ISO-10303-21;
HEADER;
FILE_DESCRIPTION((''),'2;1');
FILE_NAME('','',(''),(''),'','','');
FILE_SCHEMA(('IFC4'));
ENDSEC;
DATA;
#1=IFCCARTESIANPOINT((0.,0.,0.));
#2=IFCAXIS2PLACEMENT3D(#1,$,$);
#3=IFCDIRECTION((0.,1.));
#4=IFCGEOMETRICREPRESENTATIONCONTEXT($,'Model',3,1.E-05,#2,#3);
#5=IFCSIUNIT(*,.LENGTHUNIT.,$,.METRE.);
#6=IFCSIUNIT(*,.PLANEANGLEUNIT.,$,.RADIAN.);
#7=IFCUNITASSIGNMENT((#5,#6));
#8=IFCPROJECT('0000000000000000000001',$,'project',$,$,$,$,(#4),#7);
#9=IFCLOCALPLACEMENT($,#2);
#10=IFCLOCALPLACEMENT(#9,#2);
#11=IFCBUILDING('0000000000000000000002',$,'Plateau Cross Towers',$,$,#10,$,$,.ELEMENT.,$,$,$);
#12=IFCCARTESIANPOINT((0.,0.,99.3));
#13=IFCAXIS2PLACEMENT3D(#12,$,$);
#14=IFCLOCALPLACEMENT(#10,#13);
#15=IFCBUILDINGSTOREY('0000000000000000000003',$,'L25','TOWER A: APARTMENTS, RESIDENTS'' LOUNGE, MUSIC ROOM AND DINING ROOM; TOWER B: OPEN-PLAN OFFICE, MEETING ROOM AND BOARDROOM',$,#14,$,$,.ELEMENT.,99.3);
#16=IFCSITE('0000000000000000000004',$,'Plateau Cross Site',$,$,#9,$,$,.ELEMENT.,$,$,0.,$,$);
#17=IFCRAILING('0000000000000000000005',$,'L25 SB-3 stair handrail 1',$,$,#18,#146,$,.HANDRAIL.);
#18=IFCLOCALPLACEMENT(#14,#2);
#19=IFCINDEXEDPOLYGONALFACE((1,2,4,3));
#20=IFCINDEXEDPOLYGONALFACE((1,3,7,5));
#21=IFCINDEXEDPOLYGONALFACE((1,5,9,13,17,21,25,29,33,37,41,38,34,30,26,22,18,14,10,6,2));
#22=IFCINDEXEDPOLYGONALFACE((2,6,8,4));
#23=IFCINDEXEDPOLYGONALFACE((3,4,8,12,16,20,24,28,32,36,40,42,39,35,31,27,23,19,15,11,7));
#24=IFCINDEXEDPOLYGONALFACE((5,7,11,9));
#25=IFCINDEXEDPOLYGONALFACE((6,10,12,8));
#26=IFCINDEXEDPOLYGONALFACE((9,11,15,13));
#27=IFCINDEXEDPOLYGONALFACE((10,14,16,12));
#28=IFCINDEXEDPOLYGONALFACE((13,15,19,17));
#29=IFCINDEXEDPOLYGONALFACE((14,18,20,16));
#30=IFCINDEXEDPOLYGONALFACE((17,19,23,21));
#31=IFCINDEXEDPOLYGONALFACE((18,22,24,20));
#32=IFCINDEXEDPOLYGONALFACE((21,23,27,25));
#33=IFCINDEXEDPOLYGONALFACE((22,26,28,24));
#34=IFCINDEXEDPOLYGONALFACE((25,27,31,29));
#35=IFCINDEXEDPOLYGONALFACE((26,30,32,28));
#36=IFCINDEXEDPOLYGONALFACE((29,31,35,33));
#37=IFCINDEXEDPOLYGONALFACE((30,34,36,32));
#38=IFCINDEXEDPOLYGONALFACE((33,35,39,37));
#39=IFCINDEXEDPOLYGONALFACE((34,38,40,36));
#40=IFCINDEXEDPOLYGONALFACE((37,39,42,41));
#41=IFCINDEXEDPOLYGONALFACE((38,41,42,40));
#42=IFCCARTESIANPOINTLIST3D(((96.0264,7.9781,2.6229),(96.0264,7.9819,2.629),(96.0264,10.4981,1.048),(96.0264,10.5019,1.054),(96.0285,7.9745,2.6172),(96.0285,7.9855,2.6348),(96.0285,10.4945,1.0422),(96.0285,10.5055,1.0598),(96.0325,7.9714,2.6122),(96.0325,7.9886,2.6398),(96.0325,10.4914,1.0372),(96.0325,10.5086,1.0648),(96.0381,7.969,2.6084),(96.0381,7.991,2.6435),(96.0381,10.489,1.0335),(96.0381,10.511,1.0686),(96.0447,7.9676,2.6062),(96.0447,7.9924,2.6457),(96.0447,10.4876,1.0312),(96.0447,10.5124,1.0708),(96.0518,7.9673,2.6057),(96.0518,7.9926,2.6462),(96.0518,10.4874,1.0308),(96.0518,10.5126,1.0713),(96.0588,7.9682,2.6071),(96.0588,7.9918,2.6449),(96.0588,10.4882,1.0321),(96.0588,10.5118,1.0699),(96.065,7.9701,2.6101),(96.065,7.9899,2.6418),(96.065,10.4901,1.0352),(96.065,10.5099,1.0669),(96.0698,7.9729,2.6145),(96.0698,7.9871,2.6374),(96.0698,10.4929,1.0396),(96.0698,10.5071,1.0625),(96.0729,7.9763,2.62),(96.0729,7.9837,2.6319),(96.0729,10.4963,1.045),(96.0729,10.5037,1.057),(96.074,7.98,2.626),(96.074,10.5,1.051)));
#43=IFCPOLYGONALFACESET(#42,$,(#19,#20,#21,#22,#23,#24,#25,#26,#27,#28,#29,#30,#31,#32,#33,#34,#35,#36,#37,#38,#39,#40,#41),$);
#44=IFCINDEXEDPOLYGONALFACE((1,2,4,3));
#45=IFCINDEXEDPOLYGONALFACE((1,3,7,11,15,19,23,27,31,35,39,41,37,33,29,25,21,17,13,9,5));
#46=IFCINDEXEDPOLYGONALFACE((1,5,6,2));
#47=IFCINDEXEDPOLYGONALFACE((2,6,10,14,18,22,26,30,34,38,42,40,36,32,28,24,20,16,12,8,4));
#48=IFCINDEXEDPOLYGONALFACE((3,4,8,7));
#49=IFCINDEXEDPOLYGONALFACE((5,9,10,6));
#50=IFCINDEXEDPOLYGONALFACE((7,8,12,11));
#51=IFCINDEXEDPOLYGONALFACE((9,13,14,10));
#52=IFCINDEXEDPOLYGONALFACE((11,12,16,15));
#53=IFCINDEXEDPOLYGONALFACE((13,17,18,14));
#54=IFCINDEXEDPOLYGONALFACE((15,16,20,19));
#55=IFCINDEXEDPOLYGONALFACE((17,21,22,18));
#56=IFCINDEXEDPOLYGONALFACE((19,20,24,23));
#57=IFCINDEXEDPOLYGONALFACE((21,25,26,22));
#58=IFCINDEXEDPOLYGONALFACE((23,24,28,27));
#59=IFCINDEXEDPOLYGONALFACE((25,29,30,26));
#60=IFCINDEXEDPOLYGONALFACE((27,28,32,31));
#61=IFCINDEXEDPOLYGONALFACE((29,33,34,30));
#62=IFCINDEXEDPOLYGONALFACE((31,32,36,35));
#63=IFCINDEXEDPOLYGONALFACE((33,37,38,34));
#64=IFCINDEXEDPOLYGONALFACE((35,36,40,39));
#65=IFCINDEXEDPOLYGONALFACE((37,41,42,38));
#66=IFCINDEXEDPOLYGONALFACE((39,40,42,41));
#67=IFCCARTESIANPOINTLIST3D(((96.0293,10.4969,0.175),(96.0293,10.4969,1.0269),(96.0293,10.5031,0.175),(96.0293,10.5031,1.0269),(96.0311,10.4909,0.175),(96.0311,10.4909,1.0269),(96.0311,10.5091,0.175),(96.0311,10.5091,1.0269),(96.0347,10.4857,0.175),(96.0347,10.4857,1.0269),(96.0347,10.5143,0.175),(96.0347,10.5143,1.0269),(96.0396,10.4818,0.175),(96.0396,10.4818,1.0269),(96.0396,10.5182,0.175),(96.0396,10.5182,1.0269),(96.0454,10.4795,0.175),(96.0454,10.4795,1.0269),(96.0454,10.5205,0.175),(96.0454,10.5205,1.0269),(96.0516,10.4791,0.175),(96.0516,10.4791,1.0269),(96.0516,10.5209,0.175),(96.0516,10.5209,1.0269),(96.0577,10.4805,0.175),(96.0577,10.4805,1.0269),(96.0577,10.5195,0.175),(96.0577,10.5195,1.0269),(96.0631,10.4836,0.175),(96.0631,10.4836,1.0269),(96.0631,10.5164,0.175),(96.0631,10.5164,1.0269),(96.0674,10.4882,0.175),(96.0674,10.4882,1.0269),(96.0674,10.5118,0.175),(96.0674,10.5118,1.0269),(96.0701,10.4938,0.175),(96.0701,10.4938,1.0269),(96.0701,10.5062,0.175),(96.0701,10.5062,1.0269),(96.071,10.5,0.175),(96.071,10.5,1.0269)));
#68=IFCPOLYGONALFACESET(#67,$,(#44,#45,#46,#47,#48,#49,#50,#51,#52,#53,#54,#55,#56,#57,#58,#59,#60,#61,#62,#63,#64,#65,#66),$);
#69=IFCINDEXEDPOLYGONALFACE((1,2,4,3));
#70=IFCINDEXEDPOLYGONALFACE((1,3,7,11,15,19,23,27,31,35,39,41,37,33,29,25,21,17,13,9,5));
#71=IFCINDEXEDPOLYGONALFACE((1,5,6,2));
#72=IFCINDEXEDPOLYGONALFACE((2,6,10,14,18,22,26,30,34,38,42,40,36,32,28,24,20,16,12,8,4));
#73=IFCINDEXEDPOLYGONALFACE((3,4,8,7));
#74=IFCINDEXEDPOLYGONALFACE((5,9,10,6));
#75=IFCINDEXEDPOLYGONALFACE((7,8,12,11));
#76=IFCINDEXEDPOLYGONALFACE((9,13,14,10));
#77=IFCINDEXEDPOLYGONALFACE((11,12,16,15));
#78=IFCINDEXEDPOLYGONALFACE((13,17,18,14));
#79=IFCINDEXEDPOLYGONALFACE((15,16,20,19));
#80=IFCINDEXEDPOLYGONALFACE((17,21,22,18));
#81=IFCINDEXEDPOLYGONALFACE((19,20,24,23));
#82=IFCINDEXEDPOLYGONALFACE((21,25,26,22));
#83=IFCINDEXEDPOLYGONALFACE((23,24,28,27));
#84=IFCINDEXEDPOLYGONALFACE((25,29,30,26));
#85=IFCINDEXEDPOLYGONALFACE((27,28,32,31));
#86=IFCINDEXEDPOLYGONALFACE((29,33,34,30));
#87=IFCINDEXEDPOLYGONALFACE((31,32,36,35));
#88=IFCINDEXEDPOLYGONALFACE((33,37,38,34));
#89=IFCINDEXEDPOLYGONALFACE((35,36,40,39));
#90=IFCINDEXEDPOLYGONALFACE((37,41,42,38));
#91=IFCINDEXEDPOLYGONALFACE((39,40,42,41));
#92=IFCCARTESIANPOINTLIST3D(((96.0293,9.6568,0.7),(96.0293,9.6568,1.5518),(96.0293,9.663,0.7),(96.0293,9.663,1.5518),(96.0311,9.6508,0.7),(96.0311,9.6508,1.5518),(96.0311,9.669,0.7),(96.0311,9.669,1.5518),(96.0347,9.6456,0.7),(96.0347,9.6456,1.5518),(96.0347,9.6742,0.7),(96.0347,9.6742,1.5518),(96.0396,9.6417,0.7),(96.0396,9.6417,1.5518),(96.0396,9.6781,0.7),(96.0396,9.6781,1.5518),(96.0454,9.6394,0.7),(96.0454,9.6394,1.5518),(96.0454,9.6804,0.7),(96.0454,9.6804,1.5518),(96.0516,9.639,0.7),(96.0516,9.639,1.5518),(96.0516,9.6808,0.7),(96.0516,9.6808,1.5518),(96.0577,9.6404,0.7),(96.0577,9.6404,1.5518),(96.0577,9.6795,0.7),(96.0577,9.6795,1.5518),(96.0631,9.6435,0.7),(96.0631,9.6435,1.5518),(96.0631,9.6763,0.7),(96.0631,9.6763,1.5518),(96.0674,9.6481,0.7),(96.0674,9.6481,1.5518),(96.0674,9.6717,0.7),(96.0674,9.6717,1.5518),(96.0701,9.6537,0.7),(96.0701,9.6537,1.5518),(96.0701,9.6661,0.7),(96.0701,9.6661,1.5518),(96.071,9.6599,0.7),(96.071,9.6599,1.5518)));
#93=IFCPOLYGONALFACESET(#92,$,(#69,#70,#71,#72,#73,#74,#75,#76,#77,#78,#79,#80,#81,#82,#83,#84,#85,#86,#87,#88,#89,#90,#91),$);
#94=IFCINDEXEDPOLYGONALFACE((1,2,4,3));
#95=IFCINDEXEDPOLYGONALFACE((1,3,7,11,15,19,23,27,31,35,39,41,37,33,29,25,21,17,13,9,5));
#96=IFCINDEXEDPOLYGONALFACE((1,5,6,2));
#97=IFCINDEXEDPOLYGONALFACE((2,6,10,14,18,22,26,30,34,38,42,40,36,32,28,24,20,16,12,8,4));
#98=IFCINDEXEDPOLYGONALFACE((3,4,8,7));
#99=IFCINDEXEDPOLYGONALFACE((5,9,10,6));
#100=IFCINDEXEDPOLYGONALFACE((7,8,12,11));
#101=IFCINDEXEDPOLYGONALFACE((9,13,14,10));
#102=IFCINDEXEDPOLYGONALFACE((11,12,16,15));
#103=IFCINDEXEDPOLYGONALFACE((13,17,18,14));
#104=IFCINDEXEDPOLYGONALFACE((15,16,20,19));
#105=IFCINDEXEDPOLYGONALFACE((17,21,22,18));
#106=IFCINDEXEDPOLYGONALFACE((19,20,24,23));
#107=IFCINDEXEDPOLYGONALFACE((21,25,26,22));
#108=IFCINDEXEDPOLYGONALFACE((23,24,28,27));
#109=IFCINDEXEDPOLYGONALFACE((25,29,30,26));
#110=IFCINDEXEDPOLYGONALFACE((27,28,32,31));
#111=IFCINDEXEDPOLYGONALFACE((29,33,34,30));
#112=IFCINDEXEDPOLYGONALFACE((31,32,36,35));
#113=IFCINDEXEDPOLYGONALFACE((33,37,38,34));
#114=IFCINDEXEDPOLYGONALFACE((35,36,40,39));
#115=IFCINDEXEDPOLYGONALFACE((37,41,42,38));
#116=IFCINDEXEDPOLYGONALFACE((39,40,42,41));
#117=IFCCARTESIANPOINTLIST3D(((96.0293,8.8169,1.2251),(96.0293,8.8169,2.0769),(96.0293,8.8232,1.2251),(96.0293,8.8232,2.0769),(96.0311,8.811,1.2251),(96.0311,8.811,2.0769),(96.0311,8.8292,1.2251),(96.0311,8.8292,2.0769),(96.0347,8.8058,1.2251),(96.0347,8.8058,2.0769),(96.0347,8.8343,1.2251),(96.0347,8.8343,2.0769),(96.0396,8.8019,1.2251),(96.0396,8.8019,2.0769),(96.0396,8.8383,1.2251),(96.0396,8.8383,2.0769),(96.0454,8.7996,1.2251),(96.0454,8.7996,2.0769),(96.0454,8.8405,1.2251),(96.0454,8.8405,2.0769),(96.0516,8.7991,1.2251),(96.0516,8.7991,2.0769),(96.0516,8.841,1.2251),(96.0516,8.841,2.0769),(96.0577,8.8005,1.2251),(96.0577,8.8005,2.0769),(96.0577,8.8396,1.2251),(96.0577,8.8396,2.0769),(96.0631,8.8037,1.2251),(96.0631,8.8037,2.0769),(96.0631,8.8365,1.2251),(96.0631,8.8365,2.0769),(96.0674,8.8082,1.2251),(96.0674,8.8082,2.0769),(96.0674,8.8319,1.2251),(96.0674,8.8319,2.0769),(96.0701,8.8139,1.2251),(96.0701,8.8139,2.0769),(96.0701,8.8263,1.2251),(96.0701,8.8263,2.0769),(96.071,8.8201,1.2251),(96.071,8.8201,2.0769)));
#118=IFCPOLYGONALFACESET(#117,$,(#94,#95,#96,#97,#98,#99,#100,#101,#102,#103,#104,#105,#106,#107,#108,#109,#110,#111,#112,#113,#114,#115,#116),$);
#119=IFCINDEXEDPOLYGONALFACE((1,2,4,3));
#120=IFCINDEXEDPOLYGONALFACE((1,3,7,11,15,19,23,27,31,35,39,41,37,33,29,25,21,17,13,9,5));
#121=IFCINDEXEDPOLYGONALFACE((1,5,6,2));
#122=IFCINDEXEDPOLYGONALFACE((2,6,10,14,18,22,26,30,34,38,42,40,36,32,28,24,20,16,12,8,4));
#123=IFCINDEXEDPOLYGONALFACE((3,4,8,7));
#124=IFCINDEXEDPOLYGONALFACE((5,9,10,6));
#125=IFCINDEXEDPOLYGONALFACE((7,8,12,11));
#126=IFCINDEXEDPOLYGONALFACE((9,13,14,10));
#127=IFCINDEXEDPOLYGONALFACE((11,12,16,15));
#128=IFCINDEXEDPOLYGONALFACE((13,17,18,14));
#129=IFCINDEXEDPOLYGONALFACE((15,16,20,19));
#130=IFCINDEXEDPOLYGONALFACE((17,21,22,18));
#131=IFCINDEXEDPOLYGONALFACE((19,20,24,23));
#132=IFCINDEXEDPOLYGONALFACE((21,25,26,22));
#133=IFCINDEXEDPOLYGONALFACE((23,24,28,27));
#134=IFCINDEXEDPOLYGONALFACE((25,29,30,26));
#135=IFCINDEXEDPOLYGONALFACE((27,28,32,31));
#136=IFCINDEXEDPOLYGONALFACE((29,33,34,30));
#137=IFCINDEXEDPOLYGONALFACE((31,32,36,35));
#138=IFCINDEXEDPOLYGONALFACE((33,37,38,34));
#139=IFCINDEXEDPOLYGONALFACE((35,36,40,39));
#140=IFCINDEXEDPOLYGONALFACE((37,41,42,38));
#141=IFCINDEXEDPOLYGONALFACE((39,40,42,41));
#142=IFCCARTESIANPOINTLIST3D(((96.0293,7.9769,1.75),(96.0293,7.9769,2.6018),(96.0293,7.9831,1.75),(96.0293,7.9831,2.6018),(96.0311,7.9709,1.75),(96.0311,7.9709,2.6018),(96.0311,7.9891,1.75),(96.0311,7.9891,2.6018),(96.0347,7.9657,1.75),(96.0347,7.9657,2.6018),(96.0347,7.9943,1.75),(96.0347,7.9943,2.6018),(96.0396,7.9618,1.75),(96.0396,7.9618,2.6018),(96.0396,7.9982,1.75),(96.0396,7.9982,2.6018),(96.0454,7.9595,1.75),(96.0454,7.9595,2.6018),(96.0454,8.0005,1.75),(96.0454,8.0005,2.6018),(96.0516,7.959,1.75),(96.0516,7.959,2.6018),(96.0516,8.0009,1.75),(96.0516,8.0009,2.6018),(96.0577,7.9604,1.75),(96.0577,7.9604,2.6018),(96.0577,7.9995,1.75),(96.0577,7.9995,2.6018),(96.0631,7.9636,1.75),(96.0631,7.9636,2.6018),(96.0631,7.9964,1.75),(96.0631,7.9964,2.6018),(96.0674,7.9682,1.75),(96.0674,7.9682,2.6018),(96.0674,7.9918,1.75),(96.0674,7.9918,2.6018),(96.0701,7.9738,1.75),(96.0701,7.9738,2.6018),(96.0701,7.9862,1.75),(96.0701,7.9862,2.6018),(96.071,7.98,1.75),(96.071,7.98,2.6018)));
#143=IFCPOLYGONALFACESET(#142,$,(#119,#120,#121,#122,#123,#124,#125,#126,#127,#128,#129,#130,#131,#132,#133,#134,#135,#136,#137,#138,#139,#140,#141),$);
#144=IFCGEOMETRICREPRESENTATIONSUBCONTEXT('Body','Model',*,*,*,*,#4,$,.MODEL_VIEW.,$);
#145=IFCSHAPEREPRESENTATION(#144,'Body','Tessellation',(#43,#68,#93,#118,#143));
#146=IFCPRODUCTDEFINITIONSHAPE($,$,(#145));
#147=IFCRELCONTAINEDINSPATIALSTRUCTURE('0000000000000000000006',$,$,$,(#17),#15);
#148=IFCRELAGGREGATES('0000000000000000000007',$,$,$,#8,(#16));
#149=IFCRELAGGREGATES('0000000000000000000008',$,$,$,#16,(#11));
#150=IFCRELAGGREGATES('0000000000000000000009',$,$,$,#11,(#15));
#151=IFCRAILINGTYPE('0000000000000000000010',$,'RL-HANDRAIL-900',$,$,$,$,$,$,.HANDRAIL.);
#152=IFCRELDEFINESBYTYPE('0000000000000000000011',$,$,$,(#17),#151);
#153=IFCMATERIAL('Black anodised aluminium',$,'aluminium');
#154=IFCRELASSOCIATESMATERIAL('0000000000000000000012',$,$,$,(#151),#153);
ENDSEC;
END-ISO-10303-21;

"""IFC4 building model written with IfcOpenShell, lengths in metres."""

from ifc_helpers import new_model, si_unit, direction, frame, origin, origin_2d, place, context, subcontext, project, spatial, circle, extrude, material, type_object, element, save


model = new_model("IFC4")

# Units and contexts
model_context = context("Model", 3, precision=1e-05, world=origin(), true_north=direction((0.0, 1.0)))
body_context = subcontext(model_context, "Body", "Model", "MODEL_VIEW")
ifc_project = project(units=[si_unit("LENGTHUNIT", "METRE"), si_unit("PLANEANGLEUNIT", "RADIAN")], contexts=[model_context])

# Site, building, storey
site_placement = place(None, origin())
site = spatial("IfcSite", under=ifc_project, at=site_placement, Name="Plateau Cross Site", CompositionType="ELEMENT", RefElevation=0.0)
building_placement = place(site_placement, origin())
building = spatial("IfcBuilding", under=site, at=building_placement, Name="Plateau Cross Towers", CompositionType="ELEMENT")
storey_placement = place(building_placement, frame((0.0, 0.0, 99.3)))
storey = spatial("IfcBuildingStorey", under=building, at=storey_placement, Name="L25", Description="TOWER A: APARTMENTS, RESIDENTS' LOUNGE, MUSIC ROOM AND DINING ROOM; TOWER B: OPEN-PLAN OFFICE, MEETING ROOM AND BOARDROOM", CompositionType="ELEMENT", Elevation=99.3)

# Shared definitions
ifc_material_1 = material(Name="Black anodised aluminium", Category="aluminium")

# Railing
railing_type_1 = type_object("IfcRailingType", Name="RL-HANDRAIL-900", PredefinedType="HANDRAIL", material=ifc_material_1)
railing_1_placement = place(storey_placement, frame((96.05, 10.5, 0.175)))
element("IfcRailing", 1, at=railing_1_placement, inside=storey, type_object=railing_type_1, Name="L25 SB-3 stair handrail 1", PredefinedType="HANDRAIL", context=body_context, shape_type="SweptSolid", body=[
    extrude(circle(Radius=0.0239, at=origin_2d()), frame((0.0, 0.0, 0.876), z_axis=(0.0, -0.848008, 0.529984), x_axis=(1.0, 0.0, 0.0)), (0.0, 0.0, 1.0), 2.9717),
    extrude(circle(Radius=0.021, at=origin_2d()), origin(), (0.0, 0.0, 1.0), 0.8518),
    extrude(circle(Radius=0.021, at=origin_2d()), frame((0.0, -0.8401, 0.5249)), (0.0, 0.0, 1.0), 0.8518),
    extrude(circle(Radius=0.021, at=origin_2d()), frame((0.0, -1.6799, 1.05)), (0.0, 0.0, 1.0), 0.8518),
    extrude(circle(Radius=0.021, at=origin_2d()), frame((0.0, -2.52, 1.575)), (0.0, 0.0, 1.0), 0.8518),
])

save(model, "model.ifc")
